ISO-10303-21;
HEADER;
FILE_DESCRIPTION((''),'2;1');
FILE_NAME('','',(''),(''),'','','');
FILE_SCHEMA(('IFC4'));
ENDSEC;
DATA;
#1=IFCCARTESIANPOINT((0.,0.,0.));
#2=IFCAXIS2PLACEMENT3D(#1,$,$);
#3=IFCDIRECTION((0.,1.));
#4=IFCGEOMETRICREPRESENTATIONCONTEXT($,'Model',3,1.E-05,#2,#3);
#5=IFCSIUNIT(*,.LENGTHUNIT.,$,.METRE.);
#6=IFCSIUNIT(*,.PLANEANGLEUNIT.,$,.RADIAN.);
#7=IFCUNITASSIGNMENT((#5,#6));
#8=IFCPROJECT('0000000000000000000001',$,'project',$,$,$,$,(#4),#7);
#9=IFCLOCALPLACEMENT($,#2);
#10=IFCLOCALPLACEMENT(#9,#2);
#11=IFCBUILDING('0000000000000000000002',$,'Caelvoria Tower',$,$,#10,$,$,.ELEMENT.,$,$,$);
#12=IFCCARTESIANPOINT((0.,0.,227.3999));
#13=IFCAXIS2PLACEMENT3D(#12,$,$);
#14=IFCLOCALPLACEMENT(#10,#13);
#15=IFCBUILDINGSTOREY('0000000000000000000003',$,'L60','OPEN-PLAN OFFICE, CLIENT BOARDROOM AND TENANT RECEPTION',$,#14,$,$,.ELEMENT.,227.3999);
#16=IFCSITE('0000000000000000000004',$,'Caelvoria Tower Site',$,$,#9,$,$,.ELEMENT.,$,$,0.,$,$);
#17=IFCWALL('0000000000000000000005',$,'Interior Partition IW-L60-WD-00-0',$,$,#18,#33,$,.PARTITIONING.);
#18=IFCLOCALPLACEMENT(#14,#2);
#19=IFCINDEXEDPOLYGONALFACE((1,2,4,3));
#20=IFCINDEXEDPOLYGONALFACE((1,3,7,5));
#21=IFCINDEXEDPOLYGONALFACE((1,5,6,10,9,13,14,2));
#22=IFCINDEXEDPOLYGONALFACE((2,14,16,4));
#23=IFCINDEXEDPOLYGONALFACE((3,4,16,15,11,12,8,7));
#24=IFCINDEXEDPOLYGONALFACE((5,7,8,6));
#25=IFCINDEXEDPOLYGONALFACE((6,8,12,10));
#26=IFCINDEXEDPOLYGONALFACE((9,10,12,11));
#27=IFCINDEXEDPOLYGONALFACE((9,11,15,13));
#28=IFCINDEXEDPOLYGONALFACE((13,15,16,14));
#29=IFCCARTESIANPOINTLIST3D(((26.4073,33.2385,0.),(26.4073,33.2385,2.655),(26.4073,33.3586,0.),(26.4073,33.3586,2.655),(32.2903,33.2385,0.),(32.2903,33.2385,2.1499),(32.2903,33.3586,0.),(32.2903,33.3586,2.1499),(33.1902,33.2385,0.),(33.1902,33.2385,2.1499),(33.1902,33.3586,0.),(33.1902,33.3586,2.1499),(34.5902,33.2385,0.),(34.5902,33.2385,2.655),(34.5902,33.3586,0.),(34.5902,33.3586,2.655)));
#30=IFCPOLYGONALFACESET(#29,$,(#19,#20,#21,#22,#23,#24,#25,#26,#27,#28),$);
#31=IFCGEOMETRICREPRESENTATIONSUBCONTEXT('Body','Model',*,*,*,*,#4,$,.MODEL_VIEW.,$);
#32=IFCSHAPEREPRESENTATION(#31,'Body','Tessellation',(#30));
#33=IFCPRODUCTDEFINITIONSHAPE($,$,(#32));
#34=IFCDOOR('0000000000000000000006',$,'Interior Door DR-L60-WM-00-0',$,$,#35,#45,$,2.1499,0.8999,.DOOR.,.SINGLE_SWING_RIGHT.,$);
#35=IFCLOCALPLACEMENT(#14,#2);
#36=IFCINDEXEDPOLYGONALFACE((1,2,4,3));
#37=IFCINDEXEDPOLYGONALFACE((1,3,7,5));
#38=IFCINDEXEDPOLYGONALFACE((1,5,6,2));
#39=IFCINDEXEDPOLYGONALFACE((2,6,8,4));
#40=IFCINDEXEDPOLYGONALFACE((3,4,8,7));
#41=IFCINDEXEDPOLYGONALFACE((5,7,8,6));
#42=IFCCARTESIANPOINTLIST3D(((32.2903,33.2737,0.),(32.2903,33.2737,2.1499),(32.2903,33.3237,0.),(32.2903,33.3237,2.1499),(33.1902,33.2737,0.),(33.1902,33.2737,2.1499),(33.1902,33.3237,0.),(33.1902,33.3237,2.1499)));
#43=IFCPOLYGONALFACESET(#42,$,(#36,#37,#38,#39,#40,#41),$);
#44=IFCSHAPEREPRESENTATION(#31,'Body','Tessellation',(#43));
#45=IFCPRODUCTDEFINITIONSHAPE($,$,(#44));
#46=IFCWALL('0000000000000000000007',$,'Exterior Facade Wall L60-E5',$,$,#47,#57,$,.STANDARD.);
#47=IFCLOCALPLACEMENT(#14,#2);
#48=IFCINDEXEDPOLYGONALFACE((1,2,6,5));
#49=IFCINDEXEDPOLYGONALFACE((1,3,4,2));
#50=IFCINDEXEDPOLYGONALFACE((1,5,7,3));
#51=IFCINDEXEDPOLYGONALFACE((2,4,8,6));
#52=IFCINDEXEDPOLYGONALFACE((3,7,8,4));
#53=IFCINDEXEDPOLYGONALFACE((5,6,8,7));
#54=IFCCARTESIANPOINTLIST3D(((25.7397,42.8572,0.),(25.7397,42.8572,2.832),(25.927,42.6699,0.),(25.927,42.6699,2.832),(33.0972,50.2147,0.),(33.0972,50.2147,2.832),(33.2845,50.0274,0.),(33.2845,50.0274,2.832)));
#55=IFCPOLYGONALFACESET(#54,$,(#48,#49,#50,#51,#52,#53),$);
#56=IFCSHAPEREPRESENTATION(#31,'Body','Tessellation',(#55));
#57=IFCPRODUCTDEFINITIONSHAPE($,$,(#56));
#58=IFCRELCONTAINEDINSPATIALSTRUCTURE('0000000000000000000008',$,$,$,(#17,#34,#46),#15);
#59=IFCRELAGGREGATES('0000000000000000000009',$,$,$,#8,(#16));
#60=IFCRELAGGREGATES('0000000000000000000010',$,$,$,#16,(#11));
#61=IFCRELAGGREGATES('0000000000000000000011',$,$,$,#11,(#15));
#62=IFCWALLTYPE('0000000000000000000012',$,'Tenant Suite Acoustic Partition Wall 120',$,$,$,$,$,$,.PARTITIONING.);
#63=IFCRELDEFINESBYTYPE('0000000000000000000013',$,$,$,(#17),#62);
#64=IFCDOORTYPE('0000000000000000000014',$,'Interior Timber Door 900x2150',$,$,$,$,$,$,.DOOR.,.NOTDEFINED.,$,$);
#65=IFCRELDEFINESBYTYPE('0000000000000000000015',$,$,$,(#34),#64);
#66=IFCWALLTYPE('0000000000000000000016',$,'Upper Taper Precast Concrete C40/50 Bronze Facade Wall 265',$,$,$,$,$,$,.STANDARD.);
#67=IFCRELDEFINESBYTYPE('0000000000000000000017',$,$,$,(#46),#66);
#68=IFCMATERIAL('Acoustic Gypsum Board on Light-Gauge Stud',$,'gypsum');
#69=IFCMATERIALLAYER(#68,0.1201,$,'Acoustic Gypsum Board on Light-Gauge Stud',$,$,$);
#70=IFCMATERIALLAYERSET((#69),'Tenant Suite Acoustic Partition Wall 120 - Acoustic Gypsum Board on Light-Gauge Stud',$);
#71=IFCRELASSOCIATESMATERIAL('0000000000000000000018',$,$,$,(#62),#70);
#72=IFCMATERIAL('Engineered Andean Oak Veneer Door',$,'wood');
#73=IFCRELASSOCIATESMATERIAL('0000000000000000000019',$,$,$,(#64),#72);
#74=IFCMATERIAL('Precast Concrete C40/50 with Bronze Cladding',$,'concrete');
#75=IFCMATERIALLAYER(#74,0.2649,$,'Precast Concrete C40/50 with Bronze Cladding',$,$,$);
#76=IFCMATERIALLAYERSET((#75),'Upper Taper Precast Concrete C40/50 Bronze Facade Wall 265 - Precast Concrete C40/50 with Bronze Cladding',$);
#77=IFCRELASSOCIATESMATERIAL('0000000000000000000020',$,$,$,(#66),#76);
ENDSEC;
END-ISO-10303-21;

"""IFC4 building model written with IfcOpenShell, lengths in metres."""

from ifc_helpers import new_model, si_unit, direction, frame, frame_2d, origin, place, context, subcontext, project, spatial, rectangle, extrude, material, layer, layer_set, type_object, element, fill, save


model = new_model("IFC4")

# Units and contexts
model_context = context("Model", 3, precision=1e-05, world=origin(), true_north=direction((0.0, 1.0)))
body_context = subcontext(model_context, "Body", "Model", "MODEL_VIEW")
ifc_project = project(units=[si_unit("LENGTHUNIT", "METRE"), si_unit("PLANEANGLEUNIT", "RADIAN")], contexts=[model_context])

# Site, building, storey
site_placement = place(None, origin())
site = spatial("IfcSite", under=ifc_project, at=site_placement, Name="Caelvoria Tower Site", CompositionType="ELEMENT", RefElevation=0.0)
building_placement = place(site_placement, origin())
building = spatial("IfcBuilding", under=site, at=building_placement, Name="Caelvoria Tower", CompositionType="ELEMENT")
storey_placement = place(building_placement, frame((0.0, 0.0, 227.3999)))
storey = spatial("IfcBuildingStorey", under=building, at=storey_placement, Name="L60", Description="OPEN-PLAN OFFICE, CLIENT BOARDROOM AND TENANT RECEPTION", CompositionType="ELEMENT", Elevation=227.3999)

# Wall, opening, door
ifc_material_1 = material(Name="Acoustic Gypsum Board on Light-Gauge Stud", Category="gypsum")
ifc_layer_1 = layer(ifc_material_1, 0.1201, Name="Acoustic Gypsum Board on Light-Gauge Stud")
ifc_layer_set_1 = layer_set([ifc_layer_1], Name="Tenant Suite Acoustic Partition Wall 120 - Acoustic Gypsum Board on Light-Gauge Stud")
wall_type_1 = type_object("IfcWallType", Name="Tenant Suite Acoustic Partition Wall 120", PredefinedType="PARTITIONING", material=ifc_layer_set_1)
wall_1_placement = place(storey_placement, frame((34.5901, 33.2986, 0.0), z_axis=(0.0, 0.0, 1.0), x_axis=(-1.0, 0.0, 0.0)))
wall_1 = element("IfcWall", 1, at=wall_1_placement, inside=storey, type_object=wall_type_1, Name="Interior Partition IW-L60-WD-00-0", PredefinedType="PARTITIONING", context=body_context, shape_type="SweptSolid", body=[
    extrude(rectangle(XDim=8.1829, YDim=0.1201, at=frame_2d((4.0913, 0.0))), origin(), (0.0, 0.0, 1.0), 2.655),
])
opening_1_placement = place(wall_1_placement, frame((1.3999, 0.0, 0.0)))
opening_1 = element("IfcOpeningElement", 2, at=opening_1_placement, cuts=wall_1, PredefinedType="OPENING", context=body_context, shape_type="SweptSolid", body=[
    extrude(rectangle(XDim=0.8999, YDim=2.1499, at=frame_2d((0.45, 1.075))), frame((0.0, 0.0701, 0.0), z_axis=(0.0, -1.0, 0.0), x_axis=(1.0, 0.0, 0.0)), (0.0, 0.0, 1.0), 0.1401),
])
ifc_material_2 = material(Name="Engineered Andean Oak Veneer Door", Category="wood")
door_type_1 = type_object("IfcDoorType", Name="Interior Timber Door 900x2150", OperationType="NOTDEFINED", PredefinedType="DOOR", material=ifc_material_2)
door_1_placement = place(opening_1_placement, origin())
door_1 = element("IfcDoor", 3, at=door_1_placement, inside=storey, type_object=door_type_1, Name="Interior Door DR-L60-WM-00-0", OperationType="SINGLE_SWING_RIGHT", OverallHeight=2.1499, OverallWidth=0.8999, PredefinedType="DOOR", context=body_context, shape_type="SweptSolid", body=[
    extrude(rectangle(XDim=0.8999, YDim=2.1499, at=frame_2d((0.45, 1.075))), frame((0.0, 0.0249, 0.0), z_axis=(0.0, -1.0, 0.0), x_axis=(1.0, 0.0, 0.0)), (0.0, 0.0, 1.0), 0.05),
])
fill(opening_1, door_1)

# Wall
ifc_material_3 = material(Name="Precast Concrete C40/50 with Bronze Cladding", Category="concrete")
ifc_layer_2 = layer(ifc_material_3, 0.2649, Name="Precast Concrete C40/50 with Bronze Cladding")
ifc_layer_set_2 = layer_set([ifc_layer_2], Name="Upper Taper Precast Concrete C40/50 Bronze Facade Wall 265 - Precast Concrete C40/50 with Bronze Cladding")
wall_type_2 = type_object("IfcWallType", Name="Upper Taper Precast Concrete C40/50 Bronze Facade Wall 265", PredefinedType="STANDARD", material=ifc_layer_set_2)
wall_2_placement = place(storey_placement, frame((33.1909, 50.1211, 0.0), z_axis=(0.0, 0.0, 1.0), x_axis=(-0.707107, -0.707107, 0.0)))
element("IfcWall", 4, at=wall_2_placement, inside=storey, type_object=wall_type_2, Name="Exterior Facade Wall L60-E5", PredefinedType="STANDARD", context=body_context, shape_type="SweptSolid", body=[
    extrude(rectangle(XDim=10.405, YDim=0.2649, at=frame_2d((5.2026, 0.0))), origin(), (0.0, 0.0, 1.0), 2.832),
])

save(model, "model.ifc")
